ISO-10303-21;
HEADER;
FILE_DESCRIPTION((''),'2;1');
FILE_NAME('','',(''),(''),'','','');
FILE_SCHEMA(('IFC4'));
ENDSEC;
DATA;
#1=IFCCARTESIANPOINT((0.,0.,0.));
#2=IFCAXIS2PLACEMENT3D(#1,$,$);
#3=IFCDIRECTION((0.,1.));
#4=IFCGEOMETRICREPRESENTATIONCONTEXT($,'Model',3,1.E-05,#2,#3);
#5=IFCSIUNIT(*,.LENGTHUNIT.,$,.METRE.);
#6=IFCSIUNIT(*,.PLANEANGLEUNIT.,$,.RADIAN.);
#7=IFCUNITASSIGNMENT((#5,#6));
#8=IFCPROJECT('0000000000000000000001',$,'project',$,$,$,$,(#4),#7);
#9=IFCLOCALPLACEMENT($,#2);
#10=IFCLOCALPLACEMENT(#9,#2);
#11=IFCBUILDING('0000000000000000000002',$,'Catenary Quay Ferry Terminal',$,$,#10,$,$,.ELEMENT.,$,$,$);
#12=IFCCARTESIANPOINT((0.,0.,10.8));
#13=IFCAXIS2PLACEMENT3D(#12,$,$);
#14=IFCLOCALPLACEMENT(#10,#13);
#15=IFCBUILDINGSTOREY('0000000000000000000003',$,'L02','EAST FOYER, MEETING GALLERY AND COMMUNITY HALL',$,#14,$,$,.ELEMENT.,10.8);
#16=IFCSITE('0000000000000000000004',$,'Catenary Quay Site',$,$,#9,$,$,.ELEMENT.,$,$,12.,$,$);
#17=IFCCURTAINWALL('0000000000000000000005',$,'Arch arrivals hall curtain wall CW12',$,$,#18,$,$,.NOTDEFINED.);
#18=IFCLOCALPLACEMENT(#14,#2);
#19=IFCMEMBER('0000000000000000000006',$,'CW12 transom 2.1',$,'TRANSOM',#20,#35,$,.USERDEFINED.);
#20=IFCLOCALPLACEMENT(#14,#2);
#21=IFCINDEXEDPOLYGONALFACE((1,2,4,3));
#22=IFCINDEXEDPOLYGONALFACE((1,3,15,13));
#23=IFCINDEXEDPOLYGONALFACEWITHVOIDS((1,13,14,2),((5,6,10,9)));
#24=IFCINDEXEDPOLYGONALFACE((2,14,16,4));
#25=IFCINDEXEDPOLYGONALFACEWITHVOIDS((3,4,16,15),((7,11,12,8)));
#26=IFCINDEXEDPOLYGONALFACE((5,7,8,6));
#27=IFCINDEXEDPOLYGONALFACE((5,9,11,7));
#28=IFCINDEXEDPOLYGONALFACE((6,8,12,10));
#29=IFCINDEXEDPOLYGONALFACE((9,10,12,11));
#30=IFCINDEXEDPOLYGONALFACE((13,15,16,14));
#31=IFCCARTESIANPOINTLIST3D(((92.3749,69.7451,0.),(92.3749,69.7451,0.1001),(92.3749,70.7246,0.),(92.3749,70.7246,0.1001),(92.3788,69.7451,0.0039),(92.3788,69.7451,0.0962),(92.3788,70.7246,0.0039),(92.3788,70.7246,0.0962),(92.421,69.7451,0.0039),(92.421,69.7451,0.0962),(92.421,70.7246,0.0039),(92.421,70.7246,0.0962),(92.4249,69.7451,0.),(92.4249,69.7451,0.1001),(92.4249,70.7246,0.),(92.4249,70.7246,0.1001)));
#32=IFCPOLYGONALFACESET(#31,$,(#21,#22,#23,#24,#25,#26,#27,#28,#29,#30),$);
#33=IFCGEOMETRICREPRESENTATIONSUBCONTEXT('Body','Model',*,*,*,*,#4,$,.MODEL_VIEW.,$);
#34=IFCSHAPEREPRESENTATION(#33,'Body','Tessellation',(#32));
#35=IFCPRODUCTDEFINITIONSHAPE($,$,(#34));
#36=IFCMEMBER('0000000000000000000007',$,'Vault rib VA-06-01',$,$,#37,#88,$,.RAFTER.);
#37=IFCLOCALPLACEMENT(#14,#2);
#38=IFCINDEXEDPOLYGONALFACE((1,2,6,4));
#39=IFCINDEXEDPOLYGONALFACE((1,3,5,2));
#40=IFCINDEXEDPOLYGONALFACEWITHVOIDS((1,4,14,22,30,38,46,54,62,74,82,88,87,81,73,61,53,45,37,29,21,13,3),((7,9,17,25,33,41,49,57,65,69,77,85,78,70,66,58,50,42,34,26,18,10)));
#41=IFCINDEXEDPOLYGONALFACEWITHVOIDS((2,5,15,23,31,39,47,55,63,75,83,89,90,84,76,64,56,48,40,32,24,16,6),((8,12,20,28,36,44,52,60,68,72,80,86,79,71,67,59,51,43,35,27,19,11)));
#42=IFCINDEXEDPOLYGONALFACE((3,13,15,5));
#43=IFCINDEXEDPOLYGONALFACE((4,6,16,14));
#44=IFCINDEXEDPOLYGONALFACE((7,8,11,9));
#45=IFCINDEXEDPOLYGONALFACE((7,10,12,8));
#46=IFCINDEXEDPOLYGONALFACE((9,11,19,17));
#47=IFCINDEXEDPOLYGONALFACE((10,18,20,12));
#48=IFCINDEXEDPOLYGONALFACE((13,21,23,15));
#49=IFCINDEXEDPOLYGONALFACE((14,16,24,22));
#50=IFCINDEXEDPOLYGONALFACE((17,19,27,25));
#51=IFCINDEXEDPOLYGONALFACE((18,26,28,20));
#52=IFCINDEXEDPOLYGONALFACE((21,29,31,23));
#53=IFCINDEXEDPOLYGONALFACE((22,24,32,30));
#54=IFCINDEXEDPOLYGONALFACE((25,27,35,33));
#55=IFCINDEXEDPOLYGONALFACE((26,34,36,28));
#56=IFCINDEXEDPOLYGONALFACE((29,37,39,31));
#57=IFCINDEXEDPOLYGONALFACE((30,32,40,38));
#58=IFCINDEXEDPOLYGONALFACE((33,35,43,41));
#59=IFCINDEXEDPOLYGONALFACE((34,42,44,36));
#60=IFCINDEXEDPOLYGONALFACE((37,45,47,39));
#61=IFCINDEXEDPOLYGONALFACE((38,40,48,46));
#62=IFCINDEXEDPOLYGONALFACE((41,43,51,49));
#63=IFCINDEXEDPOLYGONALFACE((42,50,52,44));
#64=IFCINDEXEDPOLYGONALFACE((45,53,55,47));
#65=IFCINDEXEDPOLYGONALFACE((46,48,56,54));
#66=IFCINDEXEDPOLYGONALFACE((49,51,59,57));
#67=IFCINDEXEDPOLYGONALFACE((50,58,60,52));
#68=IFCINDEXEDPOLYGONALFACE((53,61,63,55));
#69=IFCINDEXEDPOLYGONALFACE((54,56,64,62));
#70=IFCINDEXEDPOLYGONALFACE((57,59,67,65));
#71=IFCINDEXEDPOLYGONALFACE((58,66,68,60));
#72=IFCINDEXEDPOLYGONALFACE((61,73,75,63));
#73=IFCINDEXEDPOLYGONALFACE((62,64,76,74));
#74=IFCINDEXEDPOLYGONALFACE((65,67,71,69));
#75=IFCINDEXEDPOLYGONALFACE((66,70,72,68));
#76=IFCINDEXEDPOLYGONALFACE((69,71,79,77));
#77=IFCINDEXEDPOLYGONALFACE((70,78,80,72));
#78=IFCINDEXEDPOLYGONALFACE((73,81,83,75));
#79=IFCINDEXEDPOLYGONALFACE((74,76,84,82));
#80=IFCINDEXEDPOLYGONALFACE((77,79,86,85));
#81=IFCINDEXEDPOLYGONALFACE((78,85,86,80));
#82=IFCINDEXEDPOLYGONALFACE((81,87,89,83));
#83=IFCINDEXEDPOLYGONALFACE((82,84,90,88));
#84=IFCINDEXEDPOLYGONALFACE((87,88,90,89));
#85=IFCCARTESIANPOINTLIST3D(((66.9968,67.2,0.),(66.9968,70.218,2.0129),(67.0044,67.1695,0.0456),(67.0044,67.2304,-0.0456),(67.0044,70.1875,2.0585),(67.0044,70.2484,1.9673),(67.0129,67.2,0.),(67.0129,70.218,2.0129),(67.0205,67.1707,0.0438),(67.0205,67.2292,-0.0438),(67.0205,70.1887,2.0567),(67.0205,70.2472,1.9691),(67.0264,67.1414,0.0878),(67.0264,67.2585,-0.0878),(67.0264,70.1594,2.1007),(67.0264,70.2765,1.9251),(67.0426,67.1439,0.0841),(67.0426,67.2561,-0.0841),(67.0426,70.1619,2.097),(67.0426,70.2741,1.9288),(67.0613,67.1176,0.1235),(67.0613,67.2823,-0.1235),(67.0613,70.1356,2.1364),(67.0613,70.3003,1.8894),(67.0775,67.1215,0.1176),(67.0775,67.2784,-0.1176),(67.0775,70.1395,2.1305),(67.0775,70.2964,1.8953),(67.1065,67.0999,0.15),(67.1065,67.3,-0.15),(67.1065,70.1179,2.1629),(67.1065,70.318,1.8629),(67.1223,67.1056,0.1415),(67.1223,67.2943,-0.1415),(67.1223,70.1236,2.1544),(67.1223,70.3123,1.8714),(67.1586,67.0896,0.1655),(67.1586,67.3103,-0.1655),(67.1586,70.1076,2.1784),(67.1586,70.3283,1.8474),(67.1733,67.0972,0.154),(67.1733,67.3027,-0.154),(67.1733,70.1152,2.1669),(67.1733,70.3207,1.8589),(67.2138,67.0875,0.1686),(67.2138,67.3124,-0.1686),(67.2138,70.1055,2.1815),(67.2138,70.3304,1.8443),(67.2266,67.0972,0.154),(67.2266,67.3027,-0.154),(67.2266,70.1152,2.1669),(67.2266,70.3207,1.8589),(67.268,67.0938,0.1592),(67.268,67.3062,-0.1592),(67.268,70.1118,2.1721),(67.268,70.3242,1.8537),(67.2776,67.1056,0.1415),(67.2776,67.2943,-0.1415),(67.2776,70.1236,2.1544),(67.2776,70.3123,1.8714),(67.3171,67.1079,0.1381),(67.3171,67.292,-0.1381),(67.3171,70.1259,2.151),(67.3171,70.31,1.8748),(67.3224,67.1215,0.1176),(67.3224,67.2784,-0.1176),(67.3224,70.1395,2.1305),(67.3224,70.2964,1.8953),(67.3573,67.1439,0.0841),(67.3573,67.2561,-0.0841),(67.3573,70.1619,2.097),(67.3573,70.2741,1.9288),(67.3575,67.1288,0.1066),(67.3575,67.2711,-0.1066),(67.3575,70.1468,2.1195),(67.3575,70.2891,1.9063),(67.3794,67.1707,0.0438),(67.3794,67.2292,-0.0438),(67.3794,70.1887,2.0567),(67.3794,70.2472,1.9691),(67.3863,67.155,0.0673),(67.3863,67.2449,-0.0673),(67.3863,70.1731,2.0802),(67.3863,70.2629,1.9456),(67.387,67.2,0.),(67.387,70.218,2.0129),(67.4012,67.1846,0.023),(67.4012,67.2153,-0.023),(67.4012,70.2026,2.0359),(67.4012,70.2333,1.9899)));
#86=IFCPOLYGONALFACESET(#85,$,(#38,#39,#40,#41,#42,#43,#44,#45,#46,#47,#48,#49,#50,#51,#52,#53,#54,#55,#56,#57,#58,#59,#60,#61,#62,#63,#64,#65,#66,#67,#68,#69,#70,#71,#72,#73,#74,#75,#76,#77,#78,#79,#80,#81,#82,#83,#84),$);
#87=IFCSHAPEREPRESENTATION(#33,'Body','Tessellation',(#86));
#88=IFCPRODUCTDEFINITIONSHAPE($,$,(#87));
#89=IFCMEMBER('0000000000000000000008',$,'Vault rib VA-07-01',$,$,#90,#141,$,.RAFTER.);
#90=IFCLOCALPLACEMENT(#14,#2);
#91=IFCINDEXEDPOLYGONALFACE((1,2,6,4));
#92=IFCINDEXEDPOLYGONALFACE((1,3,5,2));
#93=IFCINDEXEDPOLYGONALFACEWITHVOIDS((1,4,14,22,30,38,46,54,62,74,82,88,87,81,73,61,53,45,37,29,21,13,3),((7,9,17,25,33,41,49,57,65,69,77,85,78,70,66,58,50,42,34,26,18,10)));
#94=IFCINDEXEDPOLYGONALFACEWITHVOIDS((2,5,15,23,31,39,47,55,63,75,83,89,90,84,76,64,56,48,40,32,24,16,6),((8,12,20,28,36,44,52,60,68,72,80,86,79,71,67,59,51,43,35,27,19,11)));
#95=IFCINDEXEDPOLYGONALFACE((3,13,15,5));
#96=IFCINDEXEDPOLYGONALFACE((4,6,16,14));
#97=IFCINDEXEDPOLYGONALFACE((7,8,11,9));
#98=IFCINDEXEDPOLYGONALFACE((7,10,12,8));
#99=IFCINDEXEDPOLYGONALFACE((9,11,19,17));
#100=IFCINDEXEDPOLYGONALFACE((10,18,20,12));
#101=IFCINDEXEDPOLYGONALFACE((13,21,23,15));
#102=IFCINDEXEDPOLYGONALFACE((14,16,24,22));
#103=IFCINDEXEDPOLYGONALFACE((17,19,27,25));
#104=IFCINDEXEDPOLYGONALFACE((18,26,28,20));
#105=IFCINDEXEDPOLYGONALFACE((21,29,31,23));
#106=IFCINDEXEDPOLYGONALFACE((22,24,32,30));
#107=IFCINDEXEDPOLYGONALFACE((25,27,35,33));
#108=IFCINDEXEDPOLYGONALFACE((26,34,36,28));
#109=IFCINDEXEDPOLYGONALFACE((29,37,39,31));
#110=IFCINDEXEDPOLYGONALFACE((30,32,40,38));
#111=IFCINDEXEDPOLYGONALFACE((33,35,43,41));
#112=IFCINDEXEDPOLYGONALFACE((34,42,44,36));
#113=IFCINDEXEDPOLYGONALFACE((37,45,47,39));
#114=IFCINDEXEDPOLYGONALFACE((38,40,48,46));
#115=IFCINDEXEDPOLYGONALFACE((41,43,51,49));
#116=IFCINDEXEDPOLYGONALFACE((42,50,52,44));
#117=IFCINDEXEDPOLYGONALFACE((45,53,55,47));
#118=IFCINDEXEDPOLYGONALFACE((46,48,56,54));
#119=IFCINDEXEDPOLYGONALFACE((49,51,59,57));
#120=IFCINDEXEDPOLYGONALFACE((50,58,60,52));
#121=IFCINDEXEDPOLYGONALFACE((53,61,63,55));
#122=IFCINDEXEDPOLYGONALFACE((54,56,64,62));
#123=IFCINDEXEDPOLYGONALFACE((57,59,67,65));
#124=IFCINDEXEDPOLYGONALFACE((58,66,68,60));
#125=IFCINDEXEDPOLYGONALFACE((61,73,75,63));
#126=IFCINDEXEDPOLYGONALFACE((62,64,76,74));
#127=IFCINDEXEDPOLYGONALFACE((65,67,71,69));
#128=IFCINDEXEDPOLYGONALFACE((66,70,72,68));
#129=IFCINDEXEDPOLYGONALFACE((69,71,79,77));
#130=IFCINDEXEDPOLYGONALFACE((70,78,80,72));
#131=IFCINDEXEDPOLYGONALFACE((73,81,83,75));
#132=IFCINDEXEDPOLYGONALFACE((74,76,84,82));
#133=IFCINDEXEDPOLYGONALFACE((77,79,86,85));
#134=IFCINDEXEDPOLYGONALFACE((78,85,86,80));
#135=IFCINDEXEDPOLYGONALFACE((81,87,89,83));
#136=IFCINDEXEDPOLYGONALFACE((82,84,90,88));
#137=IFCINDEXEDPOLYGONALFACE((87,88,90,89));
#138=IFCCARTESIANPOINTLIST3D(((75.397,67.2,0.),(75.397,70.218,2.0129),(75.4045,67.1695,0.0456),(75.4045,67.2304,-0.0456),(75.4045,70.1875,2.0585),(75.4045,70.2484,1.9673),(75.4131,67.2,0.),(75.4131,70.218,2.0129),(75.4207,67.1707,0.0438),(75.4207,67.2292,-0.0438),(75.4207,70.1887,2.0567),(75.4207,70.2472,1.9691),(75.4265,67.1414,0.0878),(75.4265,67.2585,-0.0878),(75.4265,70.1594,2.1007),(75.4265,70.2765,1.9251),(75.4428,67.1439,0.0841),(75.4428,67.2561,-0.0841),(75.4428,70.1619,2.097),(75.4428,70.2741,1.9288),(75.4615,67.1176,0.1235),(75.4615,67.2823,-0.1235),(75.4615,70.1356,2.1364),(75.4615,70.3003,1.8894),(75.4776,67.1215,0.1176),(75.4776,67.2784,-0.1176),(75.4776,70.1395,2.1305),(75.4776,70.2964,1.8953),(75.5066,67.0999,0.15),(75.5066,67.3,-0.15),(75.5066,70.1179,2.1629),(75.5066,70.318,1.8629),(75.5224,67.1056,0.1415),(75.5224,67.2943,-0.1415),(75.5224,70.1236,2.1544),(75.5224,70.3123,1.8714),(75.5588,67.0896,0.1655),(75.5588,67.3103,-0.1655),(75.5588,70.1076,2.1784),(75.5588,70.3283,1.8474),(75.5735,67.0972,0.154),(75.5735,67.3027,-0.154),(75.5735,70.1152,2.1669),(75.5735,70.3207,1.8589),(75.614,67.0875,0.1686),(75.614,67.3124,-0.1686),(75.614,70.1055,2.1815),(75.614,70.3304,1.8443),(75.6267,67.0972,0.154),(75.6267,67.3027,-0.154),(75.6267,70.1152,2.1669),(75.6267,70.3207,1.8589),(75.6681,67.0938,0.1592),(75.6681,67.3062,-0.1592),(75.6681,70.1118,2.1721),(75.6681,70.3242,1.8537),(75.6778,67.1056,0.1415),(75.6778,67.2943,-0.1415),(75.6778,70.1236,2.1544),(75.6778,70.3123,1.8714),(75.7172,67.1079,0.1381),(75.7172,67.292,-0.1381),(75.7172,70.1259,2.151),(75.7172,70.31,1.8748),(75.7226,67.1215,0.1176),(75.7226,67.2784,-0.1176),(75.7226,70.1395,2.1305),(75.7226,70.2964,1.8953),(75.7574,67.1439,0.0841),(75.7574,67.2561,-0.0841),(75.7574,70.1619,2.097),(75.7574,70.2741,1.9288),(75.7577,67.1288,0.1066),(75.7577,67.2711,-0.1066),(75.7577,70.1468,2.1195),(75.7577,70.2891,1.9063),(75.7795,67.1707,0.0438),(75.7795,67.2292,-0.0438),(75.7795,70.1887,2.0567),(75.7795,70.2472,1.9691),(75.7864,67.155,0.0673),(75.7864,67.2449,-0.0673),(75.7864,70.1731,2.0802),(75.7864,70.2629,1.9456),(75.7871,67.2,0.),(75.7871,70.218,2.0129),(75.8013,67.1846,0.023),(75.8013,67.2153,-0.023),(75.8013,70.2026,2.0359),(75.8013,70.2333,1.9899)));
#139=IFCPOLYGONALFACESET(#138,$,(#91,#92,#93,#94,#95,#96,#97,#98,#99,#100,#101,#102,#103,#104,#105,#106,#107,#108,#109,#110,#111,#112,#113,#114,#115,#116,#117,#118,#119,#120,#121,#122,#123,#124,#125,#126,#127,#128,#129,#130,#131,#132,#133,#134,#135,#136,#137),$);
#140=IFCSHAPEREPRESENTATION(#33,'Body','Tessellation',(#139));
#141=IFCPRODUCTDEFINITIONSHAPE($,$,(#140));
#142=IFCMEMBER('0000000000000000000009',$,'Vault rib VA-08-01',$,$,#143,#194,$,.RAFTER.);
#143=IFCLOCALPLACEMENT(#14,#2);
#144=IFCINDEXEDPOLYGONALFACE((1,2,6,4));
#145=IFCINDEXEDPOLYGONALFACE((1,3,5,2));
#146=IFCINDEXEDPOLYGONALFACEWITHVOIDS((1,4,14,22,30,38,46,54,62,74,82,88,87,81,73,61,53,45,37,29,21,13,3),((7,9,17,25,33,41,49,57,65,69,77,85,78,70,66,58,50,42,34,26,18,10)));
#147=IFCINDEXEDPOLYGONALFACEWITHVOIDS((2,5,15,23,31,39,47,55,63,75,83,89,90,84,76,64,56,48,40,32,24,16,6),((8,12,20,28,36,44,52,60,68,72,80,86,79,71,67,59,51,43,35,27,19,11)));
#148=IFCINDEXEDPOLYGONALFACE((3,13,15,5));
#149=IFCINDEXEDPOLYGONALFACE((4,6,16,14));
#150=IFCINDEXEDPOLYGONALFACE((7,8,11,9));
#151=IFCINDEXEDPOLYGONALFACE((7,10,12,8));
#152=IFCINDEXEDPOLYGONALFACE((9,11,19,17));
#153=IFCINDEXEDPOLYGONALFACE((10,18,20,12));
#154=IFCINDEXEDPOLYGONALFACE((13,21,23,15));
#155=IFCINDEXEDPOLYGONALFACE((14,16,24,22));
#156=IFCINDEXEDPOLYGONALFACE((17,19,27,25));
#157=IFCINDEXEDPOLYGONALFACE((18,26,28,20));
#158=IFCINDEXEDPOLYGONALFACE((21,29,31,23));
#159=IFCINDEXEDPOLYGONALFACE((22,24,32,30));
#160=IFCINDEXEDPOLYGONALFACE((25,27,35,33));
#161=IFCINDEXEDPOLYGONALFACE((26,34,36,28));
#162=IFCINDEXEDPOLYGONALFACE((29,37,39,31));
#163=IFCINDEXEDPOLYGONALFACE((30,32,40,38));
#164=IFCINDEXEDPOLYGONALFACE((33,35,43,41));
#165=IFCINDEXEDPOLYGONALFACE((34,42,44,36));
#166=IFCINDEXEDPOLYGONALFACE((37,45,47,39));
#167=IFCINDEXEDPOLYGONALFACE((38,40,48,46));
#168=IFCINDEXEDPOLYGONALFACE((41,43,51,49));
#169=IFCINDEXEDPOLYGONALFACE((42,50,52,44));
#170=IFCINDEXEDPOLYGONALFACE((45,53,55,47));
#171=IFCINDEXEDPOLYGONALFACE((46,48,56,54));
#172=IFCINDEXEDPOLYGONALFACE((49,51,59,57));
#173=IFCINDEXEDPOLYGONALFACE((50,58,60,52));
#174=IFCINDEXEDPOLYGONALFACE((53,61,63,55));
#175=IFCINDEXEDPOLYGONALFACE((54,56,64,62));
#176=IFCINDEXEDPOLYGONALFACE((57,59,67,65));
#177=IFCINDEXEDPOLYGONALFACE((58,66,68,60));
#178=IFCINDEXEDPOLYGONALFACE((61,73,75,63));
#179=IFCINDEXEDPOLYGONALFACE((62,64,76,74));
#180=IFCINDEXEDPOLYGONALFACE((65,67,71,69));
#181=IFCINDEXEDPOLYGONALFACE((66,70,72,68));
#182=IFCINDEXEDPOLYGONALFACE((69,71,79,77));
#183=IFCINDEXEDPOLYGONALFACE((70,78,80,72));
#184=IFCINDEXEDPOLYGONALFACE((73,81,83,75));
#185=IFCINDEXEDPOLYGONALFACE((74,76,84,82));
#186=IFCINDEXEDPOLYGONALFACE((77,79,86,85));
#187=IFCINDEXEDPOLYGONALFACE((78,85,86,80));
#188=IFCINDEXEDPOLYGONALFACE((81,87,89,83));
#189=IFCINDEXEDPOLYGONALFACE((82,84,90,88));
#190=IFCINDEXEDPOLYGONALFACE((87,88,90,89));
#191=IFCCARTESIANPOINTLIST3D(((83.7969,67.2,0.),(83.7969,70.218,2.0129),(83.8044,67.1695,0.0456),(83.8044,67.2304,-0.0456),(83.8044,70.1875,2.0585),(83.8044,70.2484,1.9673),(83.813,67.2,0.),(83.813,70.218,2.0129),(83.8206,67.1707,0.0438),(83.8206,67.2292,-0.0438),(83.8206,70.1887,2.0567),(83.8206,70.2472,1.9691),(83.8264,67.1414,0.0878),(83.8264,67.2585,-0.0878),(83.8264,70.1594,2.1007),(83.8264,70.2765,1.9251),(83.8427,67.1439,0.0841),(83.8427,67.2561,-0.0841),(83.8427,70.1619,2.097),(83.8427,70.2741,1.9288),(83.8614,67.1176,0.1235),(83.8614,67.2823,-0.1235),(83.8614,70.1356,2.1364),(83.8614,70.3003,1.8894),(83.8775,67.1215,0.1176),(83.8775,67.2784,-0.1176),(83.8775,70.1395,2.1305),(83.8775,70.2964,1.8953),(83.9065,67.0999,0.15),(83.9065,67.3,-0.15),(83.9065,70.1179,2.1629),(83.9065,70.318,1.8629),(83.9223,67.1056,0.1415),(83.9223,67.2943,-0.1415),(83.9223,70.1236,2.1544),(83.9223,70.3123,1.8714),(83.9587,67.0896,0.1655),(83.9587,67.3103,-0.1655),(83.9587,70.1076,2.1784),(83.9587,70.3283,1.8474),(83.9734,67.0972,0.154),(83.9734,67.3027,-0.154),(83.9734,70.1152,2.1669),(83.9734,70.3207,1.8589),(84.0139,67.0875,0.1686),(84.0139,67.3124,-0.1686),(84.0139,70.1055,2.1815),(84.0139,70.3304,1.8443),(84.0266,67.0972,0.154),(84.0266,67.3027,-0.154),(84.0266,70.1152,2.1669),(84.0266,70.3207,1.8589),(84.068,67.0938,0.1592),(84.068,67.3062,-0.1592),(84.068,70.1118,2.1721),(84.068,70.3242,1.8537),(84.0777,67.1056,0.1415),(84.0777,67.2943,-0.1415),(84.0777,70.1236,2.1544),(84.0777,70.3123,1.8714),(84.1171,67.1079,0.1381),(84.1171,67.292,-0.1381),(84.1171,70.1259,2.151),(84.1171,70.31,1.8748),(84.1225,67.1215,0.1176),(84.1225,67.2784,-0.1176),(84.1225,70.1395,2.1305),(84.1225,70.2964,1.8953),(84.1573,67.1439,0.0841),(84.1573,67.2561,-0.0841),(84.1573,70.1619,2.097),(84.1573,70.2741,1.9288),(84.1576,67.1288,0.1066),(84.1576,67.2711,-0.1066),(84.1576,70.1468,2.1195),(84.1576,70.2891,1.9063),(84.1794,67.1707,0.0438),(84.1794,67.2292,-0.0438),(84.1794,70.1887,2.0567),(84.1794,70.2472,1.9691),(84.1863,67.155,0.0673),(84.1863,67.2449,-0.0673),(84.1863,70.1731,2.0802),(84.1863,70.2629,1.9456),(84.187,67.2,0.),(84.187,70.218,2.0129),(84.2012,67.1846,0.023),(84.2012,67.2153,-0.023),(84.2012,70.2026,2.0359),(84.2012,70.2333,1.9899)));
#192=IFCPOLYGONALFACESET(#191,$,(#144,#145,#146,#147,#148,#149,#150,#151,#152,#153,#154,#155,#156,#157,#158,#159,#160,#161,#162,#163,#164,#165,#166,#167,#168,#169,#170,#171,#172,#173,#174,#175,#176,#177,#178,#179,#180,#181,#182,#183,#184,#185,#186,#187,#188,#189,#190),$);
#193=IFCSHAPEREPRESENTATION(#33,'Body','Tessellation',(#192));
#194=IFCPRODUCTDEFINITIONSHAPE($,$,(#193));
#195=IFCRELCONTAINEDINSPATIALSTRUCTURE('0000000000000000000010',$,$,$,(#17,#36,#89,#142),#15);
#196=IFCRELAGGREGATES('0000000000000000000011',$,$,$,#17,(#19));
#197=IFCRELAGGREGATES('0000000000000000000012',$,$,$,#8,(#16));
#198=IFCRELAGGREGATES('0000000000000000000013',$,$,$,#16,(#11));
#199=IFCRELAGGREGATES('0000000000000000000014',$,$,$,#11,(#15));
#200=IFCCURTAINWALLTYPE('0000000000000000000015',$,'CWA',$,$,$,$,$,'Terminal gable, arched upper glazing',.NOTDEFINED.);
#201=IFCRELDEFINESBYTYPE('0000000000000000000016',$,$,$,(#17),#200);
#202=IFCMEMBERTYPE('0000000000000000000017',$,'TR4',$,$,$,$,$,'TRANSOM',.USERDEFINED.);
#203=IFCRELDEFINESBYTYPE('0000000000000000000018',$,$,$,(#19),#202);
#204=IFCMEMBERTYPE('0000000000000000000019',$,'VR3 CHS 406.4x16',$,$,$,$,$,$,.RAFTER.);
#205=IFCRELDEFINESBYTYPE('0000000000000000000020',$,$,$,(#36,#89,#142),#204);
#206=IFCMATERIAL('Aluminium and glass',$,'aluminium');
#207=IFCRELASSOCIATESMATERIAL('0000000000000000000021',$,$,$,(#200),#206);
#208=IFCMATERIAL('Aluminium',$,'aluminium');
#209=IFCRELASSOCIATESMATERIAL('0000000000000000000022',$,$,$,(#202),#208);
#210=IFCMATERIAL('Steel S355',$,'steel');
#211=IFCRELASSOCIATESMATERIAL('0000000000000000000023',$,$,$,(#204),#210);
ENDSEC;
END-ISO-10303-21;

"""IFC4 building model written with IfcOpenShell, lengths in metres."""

from ifc_helpers import new_model, si_unit, direction, frame, origin, origin_2d, place, context, subcontext, project, spatial, hollow_rectangle, hollow_circle, extrude, material, material_profile, profile_set, type_object, element, aggregate, save


model = new_model("IFC4")

# Units and contexts
model_context = context("Model", 3, precision=1e-05, world=origin(), true_north=direction((0.0, 1.0)))
body_context = subcontext(model_context, "Body", "Model", "MODEL_VIEW")
ifc_project = project(units=[si_unit("LENGTHUNIT", "METRE"), si_unit("PLANEANGLEUNIT", "RADIAN")], contexts=[model_context])

# Site, building, storey
site_placement = place(None, origin())
site = spatial("IfcSite", under=ifc_project, at=site_placement, Name="Catenary Quay Site", CompositionType="ELEMENT", RefElevation=12.0)
building_placement = place(site_placement, origin())
building = spatial("IfcBuilding", under=site, at=building_placement, Name="Catenary Quay Ferry Terminal", CompositionType="ELEMENT")
storey_placement = place(building_placement, frame((0.0, 0.0, 10.8)))
storey = spatial("IfcBuildingStorey", under=building, at=storey_placement, Name="L02", Description="EAST FOYER, MEETING GALLERY AND COMMUNITY HALL", CompositionType="ELEMENT", Elevation=10.8)

# Curtain wall
ifc_material_1 = material(Name="Aluminium and glass", Category="aluminium")
curtain_wall_type = type_object("IfcCurtainWallType", Name="CWA", ElementType="Terminal gable, arched upper glazing", PredefinedType="NOTDEFINED", material=ifc_material_1)
curtain_wall_placement = place(storey_placement, origin())
curtain_wall = element("IfcCurtainWall", 1, at=curtain_wall_placement, inside=storey, type_object=curtain_wall_type, Name="Arch arrivals hall curtain wall CW12", PredefinedType="NOTDEFINED")

# Member
ifc_material_2 = material(Name="Aluminium", Category="aluminium")
ifc_material_profile_1 = material_profile(ifc_material_2, hollow_rectangle(XDim=0.05, YDim=0.1001, WallThickness=0.0039, at=origin_2d()), Name="TR4")
ifc_profile_set_1 = profile_set([ifc_material_profile_1], Name="Aluminium")
member_type_1 = type_object("IfcMemberType", Name="TR4", ElementType="TRANSOM", PredefinedType="USERDEFINED", material=ifc_profile_set_1)
member_1_placement = place(storey_placement, frame((92.3999, 69.7451, 0.05), z_axis=(0.0, 1.0, 0.0), x_axis=(-1.0, 0.0, 0.0)))
member_1 = element("IfcMember", 2, at=member_1_placement, type_object=member_type_1, Name="CW12 transom 2.1", ObjectType="TRANSOM", PredefinedType="USERDEFINED", context=body_context, shape_type="SweptSolid", body=[
    extrude(hollow_rectangle(XDim=0.05, YDim=0.1001, WallThickness=0.0039, at=origin_2d()), origin(), (0.0, 0.0, 1.0), 0.9795),
])

# Members
ifc_material_3 = material(Name="Steel S355", Category="steel")
ifc_material_profile_2 = material_profile(ifc_material_3, hollow_circle(Radius=0.2031, WallThickness=0.0161, at=origin_2d()), Name="CHS 406.4x16")
ifc_profile_set_2 = profile_set([ifc_material_profile_2], Name="Steel S355")
member_type_2 = type_object("IfcMemberType", Name="VR3 CHS 406.4x16", PredefinedType="RAFTER", material=ifc_profile_set_2)
for number, where, z_axis, x_axis, name in (
    (3, (67.2, 67.2, 0.0), (0.0, 0.831936, 0.554871), (-1.0, 0.0, 0.0), "Vault rib VA-06-01"),
    (4, (75.6001, 67.2, 0.0), (0.0, 0.831936, 0.554871), (-1.0, 0.0, 0.0), "Vault rib VA-07-01"),
    (5, (84.0, 67.2, 0.0), (0.0, 0.831936, 0.554871), (-1.0, 0.0, 0.0), "Vault rib VA-08-01"),
):
    element("IfcMember", number, at=place(storey_placement, frame(where, z_axis=z_axis, x_axis=x_axis)), inside=storey, type_object=member_type_2, Name=name, PredefinedType="RAFTER", context=body_context, shape_type="SweptSolid", body=[
        extrude(hollow_circle(Radius=0.2031, WallThickness=0.0161, at=origin_2d()), origin(), (0.0, 0.0, 1.0), 3.6277),
    ])

aggregate(curtain_wall, [member_1])

save(model, "model.ifc")
